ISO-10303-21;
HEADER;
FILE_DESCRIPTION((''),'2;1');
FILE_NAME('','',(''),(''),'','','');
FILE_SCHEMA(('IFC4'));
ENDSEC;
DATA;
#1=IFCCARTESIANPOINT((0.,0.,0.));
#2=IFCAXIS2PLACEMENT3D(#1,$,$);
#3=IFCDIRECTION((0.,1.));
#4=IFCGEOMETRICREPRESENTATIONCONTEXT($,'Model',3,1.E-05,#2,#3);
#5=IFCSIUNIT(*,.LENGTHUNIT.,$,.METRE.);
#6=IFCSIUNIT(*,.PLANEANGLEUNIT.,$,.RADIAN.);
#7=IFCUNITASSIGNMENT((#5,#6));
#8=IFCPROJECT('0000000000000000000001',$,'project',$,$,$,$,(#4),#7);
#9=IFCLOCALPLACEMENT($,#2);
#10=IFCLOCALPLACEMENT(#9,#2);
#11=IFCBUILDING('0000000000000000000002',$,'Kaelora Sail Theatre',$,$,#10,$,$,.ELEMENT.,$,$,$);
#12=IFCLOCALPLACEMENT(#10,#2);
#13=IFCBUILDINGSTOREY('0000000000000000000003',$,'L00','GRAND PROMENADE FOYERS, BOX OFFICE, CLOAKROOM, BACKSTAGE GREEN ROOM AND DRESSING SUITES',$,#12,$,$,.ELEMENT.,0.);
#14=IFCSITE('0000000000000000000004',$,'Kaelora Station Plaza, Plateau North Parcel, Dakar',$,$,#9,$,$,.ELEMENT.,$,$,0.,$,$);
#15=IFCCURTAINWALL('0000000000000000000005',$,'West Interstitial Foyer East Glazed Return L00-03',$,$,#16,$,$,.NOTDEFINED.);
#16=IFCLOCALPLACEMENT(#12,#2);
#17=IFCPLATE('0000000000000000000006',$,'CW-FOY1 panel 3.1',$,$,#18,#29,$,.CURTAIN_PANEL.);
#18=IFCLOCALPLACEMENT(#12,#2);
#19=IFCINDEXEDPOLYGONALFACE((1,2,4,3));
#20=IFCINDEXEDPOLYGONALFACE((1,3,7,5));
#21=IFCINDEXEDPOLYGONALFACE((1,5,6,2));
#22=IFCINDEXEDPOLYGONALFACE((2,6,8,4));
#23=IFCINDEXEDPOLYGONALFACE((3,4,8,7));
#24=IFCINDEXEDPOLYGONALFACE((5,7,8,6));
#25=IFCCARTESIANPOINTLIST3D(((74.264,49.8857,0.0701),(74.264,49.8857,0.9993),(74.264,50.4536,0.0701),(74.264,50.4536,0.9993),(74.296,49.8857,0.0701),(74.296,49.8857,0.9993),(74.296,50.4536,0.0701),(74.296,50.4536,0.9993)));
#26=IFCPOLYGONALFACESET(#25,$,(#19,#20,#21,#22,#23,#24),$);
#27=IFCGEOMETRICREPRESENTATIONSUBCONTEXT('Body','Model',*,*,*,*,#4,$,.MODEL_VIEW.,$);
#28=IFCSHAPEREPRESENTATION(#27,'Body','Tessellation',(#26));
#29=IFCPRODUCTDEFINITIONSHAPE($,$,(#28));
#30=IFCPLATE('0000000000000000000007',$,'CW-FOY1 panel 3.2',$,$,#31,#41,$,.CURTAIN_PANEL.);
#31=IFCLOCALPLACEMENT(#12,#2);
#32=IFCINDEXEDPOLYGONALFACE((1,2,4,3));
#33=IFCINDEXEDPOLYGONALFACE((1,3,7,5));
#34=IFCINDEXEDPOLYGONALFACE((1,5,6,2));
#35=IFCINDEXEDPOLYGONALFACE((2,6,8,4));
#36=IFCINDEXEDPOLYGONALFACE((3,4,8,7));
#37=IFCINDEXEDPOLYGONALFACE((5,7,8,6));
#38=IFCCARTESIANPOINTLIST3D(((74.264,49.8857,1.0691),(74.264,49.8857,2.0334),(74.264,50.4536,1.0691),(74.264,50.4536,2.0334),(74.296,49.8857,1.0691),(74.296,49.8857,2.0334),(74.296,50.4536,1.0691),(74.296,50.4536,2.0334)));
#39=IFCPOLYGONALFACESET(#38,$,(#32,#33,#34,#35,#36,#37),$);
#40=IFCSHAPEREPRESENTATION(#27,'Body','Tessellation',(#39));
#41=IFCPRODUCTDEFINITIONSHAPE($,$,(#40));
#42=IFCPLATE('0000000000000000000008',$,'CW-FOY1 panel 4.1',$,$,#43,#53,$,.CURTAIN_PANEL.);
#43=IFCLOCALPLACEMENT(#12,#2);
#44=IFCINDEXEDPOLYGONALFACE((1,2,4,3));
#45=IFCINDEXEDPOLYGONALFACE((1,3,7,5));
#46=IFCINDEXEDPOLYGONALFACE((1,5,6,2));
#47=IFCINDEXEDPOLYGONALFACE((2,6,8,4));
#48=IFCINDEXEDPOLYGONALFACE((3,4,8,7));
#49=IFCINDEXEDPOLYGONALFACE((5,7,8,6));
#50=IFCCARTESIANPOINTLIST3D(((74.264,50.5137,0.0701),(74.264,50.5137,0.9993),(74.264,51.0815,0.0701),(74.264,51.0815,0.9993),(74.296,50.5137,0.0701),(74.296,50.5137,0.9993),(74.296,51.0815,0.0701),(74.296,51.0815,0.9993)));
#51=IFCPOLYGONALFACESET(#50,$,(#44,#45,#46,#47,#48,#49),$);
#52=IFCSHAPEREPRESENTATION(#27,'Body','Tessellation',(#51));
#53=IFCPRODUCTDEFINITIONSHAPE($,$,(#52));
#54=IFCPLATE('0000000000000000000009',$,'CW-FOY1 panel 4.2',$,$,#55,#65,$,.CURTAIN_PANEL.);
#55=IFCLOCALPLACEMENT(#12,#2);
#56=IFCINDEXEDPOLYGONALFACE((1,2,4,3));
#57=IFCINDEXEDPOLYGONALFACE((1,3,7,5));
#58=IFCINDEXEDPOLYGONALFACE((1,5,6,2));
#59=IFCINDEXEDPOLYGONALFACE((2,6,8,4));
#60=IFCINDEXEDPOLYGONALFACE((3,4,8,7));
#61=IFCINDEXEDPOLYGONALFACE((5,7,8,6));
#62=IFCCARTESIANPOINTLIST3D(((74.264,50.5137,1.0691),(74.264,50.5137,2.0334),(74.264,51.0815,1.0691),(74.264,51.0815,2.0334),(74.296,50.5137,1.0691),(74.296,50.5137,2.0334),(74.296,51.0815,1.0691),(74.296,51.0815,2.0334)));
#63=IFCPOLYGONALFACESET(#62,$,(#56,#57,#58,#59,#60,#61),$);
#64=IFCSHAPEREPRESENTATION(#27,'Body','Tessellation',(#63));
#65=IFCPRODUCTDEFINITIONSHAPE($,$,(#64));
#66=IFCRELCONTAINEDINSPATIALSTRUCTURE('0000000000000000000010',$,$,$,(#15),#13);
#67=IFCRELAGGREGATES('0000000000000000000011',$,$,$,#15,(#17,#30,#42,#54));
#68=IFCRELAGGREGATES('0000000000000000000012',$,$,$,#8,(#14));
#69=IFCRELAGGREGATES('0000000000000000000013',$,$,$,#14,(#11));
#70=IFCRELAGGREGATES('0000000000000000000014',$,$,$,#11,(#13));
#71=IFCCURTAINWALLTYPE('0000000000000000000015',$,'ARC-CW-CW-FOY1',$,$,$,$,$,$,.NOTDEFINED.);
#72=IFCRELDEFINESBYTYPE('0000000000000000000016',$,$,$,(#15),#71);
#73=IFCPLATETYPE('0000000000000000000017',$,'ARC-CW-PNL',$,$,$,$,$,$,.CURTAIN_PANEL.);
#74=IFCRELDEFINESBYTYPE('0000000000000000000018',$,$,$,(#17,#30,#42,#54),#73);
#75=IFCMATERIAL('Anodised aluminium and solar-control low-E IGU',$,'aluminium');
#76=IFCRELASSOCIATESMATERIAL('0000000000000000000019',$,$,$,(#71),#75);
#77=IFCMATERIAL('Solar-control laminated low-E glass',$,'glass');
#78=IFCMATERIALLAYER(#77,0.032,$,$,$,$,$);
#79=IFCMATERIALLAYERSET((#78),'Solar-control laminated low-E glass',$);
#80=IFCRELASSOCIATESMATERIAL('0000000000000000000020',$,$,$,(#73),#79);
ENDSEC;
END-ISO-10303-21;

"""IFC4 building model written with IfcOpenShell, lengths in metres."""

from ifc_helpers import new_model, si_unit, direction, frame, origin, origin_2d, place, context, subcontext, project, spatial, rectangle, extrude, material, layer, layer_set, type_object, element, aggregate, save


model = new_model("IFC4")

# Units and contexts
model_context = context("Model", 3, precision=1e-05, world=origin(), true_north=direction((0.0, 1.0)))
body_context = subcontext(model_context, "Body", "Model", "MODEL_VIEW")
ifc_project = project(units=[si_unit("LENGTHUNIT", "METRE"), si_unit("PLANEANGLEUNIT", "RADIAN")], contexts=[model_context])

# Site, building, storey
site_placement = place(None, origin())
site = spatial("IfcSite", under=ifc_project, at=site_placement, Name="Kaelora Station Plaza, Plateau North Parcel, Dakar", CompositionType="ELEMENT", RefElevation=0.0)
building_placement = place(site_placement, origin())
building = spatial("IfcBuilding", under=site, at=building_placement, Name="Kaelora Sail Theatre", CompositionType="ELEMENT")
storey_placement = place(building_placement, origin())
storey = spatial("IfcBuildingStorey", under=building, at=storey_placement, Name="L00", Description="GRAND PROMENADE FOYERS, BOX OFFICE, CLOAKROOM, BACKSTAGE GREEN ROOM AND DRESSING SUITES", CompositionType="ELEMENT", Elevation=0.0)

# Curtain wall
ifc_material_1 = material(Name="Anodised aluminium and solar-control low-E IGU", Category="aluminium")
curtain_wall_type = type_object("IfcCurtainWallType", Name="ARC-CW-CW-FOY1", PredefinedType="NOTDEFINED", material=ifc_material_1)
curtain_wall_placement = place(storey_placement, origin())
curtain_wall = element("IfcCurtainWall", 1, at=curtain_wall_placement, inside=storey, type_object=curtain_wall_type, Name="West Interstitial Foyer East Glazed Return L00-03", PredefinedType="NOTDEFINED")

# Plates
ifc_material_2 = material(Name="Solar-control laminated low-E glass", Category="glass")
ifc_layer = layer(ifc_material_2, 0.032)
ifc_layer_set = layer_set([ifc_layer], Name="Solar-control laminated low-E glass")
plate_type = type_object("IfcPlateType", Name="ARC-CW-PNL", PredefinedType="CURTAIN_PANEL", material=ifc_layer_set)
plate_1_placement = place(storey_placement, frame((74.28, 50.1697, 0.0701), z_axis=(0.0, 0.0, 1.0), x_axis=(0.0, 1.0, 0.0)))
plate_1 = element("IfcPlate", 2, at=plate_1_placement, type_object=plate_type, Name="CW-FOY1 panel 3.1", PredefinedType="CURTAIN_PANEL", context=body_context, shape_type="SweptSolid", body=[
    extrude(rectangle(XDim=0.5679, YDim=0.032, at=origin_2d()), origin(), (0.0, 0.0, 1.0), 0.9292),
])
plate_2_placement = place(storey_placement, frame((74.28, 50.1697, 1.0691), z_axis=(0.0, 0.0, 1.0), x_axis=(0.0, 1.0, 0.0)))
plate_2 = element("IfcPlate", 3, at=plate_2_placement, type_object=plate_type, Name="CW-FOY1 panel 3.2", PredefinedType="CURTAIN_PANEL", context=body_context, shape_type="SweptSolid", body=[
    extrude(rectangle(XDim=0.5679, YDim=0.032, at=origin_2d()), origin(), (0.0, 0.0, 1.0), 0.9644),
])
plate_3_placement = place(storey_placement, frame((74.28, 50.7976, 0.0701), z_axis=(0.0, 0.0, 1.0), x_axis=(0.0, 1.0, 0.0)))
plate_3 = element("IfcPlate", 4, at=plate_3_placement, type_object=plate_type, Name="CW-FOY1 panel 4.1", PredefinedType="CURTAIN_PANEL", context=body_context, shape_type="SweptSolid", body=[
    extrude(rectangle(XDim=0.5679, YDim=0.032, at=origin_2d()), origin(), (0.0, 0.0, 1.0), 0.9292),
])
plate_4_placement = place(storey_placement, frame((74.28, 50.7976, 1.0691), z_axis=(0.0, 0.0, 1.0), x_axis=(0.0, 1.0, 0.0)))
plate_4 = element("IfcPlate", 5, at=plate_4_placement, type_object=plate_type, Name="CW-FOY1 panel 4.2", PredefinedType="CURTAIN_PANEL", context=body_context, shape_type="SweptSolid", body=[
    extrude(rectangle(XDim=0.5679, YDim=0.032, at=origin_2d()), origin(), (0.0, 0.0, 1.0), 0.9644),
])
aggregate(curtain_wall, [plate_1, plate_2, plate_3, plate_4])

save(model, "model.ifc")
